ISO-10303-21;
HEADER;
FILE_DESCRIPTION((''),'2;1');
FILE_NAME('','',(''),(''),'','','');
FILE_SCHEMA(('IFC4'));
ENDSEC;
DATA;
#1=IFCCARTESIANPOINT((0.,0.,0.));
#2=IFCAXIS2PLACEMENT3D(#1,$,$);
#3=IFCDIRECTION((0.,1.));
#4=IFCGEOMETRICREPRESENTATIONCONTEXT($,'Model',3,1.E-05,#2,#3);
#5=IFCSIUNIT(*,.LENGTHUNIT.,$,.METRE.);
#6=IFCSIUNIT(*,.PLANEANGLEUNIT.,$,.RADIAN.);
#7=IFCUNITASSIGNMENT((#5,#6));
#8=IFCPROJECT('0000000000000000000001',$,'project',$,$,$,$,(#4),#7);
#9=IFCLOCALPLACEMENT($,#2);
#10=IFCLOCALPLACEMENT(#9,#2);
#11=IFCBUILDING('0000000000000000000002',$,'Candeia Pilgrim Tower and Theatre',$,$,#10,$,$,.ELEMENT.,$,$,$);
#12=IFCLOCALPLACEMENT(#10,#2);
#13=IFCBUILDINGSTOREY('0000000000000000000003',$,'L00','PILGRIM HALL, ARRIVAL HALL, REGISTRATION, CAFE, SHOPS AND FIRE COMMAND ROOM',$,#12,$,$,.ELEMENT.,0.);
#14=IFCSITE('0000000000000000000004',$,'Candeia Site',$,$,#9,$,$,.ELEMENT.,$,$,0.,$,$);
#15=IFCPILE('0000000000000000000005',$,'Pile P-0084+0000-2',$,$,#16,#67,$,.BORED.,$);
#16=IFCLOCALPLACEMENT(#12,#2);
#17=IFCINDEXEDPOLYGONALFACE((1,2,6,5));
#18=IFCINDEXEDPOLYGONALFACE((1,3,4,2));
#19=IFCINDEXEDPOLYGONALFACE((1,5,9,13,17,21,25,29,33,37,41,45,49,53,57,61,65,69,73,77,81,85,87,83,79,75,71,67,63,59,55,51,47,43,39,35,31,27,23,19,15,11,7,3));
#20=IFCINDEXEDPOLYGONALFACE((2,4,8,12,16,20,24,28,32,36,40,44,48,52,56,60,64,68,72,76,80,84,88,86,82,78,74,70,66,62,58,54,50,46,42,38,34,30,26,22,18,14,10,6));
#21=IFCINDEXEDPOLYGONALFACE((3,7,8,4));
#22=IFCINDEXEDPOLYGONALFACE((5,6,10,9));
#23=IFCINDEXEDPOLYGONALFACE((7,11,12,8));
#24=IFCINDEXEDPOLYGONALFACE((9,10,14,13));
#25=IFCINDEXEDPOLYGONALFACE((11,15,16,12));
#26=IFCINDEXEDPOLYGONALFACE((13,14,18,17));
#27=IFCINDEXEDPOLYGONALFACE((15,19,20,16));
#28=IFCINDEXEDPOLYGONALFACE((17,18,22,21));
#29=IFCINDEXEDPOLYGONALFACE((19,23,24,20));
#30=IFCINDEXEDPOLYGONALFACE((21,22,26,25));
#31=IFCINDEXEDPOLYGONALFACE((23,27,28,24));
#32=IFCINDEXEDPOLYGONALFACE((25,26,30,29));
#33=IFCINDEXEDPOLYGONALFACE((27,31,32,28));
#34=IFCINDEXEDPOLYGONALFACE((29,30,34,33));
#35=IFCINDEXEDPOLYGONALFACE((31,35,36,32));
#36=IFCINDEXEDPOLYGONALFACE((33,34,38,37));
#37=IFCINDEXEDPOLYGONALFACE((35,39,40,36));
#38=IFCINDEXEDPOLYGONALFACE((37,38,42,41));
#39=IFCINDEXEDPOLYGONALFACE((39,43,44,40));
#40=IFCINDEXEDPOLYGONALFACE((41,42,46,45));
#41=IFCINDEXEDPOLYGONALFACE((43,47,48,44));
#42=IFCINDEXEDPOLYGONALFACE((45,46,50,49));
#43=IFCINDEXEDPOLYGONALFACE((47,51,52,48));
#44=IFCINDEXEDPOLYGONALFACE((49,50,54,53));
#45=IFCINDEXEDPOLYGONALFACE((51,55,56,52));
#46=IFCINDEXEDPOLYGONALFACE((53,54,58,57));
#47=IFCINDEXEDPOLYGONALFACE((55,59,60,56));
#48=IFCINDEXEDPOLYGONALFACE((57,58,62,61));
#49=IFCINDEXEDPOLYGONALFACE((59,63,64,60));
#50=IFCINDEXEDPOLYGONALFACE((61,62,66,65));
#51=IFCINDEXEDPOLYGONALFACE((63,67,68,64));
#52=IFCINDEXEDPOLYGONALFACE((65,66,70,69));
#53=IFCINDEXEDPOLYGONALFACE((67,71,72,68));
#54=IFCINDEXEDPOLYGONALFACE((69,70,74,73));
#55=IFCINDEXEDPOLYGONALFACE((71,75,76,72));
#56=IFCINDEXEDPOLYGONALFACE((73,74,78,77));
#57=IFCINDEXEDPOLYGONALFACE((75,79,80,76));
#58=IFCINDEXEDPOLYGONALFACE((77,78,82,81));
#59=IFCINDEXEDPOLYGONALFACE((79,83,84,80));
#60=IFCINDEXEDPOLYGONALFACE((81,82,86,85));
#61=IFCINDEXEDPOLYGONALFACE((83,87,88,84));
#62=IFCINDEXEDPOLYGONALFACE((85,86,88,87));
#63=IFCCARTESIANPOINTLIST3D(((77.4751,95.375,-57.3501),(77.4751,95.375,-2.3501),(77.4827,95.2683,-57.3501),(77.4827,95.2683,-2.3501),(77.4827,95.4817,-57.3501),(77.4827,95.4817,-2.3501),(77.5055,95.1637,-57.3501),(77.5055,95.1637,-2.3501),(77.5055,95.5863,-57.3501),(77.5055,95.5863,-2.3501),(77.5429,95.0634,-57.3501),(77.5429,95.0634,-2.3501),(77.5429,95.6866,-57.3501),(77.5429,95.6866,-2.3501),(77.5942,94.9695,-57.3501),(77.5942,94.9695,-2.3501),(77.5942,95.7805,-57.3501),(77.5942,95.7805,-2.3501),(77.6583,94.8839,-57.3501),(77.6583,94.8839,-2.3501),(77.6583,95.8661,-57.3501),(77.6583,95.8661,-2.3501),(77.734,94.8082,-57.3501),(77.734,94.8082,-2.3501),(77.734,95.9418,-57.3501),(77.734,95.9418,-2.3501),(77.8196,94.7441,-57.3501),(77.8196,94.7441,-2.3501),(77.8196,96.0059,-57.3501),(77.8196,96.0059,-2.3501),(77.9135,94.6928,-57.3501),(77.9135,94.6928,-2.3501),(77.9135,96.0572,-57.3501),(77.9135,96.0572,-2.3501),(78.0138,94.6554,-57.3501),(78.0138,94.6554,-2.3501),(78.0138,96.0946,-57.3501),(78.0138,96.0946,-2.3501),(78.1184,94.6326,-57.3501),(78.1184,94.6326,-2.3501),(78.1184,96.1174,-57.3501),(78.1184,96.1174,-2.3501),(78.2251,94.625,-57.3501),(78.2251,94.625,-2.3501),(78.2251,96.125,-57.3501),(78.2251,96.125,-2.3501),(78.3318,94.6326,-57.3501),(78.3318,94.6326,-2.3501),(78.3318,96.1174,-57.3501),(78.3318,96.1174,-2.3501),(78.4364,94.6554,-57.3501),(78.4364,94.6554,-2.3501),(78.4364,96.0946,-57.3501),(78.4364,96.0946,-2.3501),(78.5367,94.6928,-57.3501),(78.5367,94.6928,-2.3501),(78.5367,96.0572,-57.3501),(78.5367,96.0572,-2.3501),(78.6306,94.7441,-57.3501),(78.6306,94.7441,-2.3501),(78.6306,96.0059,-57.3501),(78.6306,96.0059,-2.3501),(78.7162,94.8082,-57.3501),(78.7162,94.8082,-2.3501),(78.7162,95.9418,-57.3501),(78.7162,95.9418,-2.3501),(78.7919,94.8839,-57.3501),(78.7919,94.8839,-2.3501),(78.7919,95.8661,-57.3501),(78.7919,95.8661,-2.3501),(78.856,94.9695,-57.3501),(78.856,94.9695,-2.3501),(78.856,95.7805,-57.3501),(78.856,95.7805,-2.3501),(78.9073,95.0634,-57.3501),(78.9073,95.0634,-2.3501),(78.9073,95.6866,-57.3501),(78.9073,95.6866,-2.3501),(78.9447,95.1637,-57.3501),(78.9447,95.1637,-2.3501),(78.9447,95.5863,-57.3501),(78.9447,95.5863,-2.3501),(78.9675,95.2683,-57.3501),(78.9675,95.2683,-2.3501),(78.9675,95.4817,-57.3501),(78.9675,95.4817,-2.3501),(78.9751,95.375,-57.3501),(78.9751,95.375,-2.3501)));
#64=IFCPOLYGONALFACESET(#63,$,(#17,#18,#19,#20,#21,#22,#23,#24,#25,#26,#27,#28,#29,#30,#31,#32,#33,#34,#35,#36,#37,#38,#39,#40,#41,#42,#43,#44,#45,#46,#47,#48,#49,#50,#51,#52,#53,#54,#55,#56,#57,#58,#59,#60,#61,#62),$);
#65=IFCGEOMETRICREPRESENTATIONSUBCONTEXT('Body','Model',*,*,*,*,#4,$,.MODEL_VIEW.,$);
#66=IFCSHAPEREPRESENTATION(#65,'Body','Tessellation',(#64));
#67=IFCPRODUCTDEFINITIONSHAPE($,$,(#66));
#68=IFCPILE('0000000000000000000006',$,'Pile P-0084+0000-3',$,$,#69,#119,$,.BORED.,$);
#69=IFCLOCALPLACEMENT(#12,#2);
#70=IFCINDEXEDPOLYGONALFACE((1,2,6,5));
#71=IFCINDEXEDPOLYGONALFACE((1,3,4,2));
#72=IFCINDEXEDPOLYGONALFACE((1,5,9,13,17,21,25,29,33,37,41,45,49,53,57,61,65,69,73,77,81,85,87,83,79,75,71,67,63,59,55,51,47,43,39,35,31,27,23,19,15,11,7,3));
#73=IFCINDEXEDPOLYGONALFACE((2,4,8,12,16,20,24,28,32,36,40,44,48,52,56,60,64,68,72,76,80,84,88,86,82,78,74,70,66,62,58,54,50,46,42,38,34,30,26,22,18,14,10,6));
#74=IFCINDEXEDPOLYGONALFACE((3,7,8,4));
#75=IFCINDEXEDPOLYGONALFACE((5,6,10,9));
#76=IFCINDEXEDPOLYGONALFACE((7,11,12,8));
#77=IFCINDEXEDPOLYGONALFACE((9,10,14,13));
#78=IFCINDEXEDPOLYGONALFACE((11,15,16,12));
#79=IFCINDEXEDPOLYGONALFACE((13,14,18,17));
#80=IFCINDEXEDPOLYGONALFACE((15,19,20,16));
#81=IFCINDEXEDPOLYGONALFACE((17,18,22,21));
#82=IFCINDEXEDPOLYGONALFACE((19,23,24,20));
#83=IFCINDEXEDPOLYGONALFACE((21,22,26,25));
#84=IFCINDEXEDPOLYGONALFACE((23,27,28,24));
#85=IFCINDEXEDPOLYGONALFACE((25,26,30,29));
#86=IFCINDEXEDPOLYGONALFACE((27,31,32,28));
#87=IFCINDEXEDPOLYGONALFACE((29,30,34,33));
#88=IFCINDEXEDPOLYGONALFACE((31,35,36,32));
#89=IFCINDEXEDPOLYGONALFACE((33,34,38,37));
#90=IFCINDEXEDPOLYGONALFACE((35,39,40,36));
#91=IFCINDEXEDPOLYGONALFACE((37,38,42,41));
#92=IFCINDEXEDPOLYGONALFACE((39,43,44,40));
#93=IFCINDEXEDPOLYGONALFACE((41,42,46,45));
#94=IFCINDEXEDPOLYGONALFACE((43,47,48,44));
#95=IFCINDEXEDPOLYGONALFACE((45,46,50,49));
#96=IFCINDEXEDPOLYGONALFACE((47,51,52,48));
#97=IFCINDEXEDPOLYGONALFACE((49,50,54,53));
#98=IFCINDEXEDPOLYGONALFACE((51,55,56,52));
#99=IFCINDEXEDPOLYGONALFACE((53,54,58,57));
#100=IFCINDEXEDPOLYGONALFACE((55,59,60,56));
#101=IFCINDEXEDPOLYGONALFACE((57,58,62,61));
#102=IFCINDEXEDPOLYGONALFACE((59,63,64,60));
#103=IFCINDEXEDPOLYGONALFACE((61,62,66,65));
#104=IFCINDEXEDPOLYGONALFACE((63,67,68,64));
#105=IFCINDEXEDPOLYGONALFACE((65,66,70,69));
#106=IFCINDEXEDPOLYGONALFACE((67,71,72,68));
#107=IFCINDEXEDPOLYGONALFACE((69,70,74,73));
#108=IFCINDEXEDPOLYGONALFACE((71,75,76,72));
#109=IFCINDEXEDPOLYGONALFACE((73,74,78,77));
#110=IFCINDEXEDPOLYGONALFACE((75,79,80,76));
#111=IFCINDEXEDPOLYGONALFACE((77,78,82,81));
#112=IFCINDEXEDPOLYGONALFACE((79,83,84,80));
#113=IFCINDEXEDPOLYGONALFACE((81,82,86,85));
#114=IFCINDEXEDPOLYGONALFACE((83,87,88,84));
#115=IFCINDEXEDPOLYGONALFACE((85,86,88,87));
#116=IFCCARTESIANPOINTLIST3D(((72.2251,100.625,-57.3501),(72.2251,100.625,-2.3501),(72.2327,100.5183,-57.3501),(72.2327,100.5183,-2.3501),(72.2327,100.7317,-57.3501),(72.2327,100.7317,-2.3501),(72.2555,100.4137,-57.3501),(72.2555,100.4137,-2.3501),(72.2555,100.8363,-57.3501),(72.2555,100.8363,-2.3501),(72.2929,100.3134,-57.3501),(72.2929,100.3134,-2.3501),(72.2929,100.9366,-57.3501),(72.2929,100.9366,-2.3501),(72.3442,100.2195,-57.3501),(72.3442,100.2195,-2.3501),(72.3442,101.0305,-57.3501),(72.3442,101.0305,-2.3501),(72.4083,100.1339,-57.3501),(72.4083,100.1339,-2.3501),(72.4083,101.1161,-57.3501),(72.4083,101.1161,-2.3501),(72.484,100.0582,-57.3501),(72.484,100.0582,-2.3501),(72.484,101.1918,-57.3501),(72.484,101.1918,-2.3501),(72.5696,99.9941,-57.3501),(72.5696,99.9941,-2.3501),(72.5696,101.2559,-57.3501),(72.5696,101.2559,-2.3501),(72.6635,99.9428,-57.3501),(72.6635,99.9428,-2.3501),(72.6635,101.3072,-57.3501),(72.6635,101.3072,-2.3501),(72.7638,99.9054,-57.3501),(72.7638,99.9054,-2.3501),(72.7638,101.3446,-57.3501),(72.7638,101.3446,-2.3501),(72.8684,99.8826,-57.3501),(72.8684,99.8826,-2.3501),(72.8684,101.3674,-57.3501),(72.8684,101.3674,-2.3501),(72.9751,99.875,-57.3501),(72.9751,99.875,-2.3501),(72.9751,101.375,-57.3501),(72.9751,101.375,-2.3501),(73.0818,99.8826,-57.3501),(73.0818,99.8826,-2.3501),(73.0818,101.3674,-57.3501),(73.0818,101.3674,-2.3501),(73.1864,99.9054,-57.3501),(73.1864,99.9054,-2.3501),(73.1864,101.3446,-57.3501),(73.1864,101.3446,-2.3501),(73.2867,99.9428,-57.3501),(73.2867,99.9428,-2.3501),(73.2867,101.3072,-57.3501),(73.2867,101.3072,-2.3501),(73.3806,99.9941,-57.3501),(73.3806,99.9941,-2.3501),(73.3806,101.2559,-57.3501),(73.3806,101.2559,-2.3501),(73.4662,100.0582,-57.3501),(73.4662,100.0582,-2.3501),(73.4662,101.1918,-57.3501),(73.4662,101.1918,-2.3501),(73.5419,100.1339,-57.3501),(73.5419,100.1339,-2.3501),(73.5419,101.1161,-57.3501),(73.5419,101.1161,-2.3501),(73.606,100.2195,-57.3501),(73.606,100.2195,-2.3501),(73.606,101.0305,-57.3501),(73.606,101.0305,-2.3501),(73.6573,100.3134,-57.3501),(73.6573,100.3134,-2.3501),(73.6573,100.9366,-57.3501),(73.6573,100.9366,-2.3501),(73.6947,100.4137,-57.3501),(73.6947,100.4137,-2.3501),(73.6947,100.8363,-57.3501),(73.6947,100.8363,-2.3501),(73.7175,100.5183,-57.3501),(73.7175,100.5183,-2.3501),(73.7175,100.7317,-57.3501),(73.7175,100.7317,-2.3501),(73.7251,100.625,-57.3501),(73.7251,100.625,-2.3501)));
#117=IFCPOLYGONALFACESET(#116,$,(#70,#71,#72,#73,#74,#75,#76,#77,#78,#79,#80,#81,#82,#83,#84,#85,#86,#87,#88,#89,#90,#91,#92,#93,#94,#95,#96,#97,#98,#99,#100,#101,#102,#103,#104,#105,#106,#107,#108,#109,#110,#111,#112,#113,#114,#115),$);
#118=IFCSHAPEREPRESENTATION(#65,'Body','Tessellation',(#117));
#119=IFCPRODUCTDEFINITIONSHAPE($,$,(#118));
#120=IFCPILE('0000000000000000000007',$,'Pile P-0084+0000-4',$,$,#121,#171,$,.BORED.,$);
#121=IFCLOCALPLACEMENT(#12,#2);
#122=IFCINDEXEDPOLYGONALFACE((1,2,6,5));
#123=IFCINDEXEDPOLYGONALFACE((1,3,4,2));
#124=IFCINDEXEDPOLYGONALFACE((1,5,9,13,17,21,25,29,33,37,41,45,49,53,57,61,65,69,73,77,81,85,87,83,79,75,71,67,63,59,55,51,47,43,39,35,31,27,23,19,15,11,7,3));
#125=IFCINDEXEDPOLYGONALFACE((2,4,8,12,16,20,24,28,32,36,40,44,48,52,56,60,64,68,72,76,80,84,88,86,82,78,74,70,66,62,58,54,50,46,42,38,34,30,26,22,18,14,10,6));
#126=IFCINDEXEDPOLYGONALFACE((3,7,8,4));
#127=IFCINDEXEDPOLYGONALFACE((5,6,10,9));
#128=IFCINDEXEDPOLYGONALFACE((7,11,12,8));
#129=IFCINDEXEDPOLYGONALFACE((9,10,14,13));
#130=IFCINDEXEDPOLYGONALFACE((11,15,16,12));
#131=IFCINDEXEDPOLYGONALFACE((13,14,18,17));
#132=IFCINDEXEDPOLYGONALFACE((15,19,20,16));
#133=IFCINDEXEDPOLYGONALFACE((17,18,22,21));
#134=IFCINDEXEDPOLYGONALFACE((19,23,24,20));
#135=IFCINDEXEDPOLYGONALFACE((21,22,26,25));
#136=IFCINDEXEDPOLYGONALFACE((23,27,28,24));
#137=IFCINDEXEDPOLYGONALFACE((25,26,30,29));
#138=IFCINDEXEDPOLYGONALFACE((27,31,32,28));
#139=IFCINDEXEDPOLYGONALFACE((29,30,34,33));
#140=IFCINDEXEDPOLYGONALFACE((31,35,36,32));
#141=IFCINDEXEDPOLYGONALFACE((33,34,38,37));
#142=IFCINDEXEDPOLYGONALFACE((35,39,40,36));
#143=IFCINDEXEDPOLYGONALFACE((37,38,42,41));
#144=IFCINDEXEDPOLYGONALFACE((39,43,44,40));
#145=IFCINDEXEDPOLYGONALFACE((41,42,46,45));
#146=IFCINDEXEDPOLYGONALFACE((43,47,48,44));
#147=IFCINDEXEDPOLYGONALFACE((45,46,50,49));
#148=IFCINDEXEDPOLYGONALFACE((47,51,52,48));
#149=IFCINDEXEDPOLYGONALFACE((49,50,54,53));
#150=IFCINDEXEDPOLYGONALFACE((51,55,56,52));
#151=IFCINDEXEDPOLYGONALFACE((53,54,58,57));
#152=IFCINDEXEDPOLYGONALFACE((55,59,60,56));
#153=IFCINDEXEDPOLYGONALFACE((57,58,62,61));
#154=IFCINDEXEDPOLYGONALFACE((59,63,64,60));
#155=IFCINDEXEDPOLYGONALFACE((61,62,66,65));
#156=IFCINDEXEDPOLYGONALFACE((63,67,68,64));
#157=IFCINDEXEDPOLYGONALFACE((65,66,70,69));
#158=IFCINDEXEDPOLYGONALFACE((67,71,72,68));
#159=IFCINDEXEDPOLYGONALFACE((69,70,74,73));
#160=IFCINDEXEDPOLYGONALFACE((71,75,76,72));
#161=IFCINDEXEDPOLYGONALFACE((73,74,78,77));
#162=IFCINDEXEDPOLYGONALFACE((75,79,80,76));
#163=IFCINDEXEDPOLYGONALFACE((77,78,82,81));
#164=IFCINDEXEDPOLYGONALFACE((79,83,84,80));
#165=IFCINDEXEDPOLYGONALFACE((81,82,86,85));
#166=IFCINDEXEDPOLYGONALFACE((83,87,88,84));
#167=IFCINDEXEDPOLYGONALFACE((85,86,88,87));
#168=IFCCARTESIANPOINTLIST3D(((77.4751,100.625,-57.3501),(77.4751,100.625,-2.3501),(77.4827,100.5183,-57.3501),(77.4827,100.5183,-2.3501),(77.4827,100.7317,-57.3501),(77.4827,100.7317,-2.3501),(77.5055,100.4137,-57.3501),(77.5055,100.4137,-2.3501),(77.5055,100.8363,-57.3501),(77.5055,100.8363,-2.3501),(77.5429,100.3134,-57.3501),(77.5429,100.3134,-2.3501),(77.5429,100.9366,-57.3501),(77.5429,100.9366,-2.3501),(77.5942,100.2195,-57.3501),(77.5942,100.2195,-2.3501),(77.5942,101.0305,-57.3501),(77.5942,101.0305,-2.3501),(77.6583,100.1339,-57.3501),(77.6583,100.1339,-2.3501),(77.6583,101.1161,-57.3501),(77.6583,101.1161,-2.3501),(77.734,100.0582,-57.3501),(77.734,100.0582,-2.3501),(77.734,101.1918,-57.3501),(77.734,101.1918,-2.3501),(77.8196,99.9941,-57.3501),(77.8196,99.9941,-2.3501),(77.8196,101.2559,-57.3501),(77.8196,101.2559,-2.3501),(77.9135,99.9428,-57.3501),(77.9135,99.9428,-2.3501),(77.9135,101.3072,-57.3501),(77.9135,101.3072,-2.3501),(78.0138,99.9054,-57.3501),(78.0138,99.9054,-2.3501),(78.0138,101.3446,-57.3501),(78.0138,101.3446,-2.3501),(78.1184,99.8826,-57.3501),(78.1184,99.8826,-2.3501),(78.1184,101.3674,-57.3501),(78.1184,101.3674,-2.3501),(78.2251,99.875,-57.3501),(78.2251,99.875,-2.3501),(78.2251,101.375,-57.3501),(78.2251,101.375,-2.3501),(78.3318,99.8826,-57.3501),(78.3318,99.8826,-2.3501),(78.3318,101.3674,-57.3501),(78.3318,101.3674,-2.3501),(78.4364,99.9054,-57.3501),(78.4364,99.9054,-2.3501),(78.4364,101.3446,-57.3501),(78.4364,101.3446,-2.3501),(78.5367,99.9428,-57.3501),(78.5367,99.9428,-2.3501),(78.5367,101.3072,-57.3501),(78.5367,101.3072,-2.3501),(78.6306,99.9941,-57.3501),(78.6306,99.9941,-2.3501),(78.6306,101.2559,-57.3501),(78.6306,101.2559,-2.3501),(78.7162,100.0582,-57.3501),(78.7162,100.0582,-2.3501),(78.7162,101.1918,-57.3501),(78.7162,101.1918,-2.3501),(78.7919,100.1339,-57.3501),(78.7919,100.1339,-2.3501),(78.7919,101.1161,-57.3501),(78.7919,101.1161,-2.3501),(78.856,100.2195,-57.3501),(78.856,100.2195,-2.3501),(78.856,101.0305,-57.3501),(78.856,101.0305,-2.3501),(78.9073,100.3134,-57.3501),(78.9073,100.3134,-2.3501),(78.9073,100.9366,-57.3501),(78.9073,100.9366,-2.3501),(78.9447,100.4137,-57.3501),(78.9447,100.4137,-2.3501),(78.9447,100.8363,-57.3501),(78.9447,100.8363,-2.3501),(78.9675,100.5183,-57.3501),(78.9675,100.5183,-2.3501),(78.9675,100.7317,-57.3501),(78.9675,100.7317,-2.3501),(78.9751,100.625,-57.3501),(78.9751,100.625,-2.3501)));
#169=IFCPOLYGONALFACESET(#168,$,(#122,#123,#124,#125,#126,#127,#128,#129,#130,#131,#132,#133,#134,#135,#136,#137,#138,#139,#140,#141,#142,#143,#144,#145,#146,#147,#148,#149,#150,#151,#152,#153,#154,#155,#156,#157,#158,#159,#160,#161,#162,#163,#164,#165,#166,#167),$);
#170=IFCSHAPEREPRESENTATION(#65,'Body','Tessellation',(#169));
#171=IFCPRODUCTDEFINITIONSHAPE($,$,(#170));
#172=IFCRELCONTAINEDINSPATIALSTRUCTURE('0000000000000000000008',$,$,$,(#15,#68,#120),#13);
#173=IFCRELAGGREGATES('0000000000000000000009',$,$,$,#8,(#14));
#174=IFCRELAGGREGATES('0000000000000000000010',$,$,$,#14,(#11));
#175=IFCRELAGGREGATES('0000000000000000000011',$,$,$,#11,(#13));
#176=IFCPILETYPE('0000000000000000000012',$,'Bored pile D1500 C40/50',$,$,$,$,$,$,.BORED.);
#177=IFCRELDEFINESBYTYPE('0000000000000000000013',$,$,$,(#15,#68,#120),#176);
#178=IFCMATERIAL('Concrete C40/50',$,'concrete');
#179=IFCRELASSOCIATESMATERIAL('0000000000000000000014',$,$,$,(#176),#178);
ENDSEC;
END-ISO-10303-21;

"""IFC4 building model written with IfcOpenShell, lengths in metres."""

from ifc_helpers import new_model, si_unit, direction, frame, origin, origin_2d, place, context, subcontext, project, spatial, circle, extrude, material, material_profile, profile_set, type_object, element, save


model = new_model("IFC4")

# Units and contexts
model_context = context("Model", 3, precision=1e-05, world=origin(), true_north=direction((0.0, 1.0)))
body_context = subcontext(model_context, "Body", "Model", "MODEL_VIEW")
ifc_project = project(units=[si_unit("LENGTHUNIT", "METRE"), si_unit("PLANEANGLEUNIT", "RADIAN")], contexts=[model_context])

# Site, building, storey
site_placement = place(None, origin())
site = spatial("IfcSite", under=ifc_project, at=site_placement, Name="Candeia Site", CompositionType="ELEMENT", RefElevation=0.0)
building_placement = place(site_placement, origin())
building = spatial("IfcBuilding", under=site, at=building_placement, Name="Candeia Pilgrim Tower and Theatre", CompositionType="ELEMENT")
storey_placement = place(building_placement, origin())
storey = spatial("IfcBuildingStorey", under=building, at=storey_placement, Name="L00", Description="PILGRIM HALL, ARRIVAL HALL, REGISTRATION, CAFE, SHOPS AND FIRE COMMAND ROOM", CompositionType="ELEMENT", Elevation=0.0)

# Piles
ifc_material_1 = material(Name="Concrete C40/50", Category="concrete")
ifc_material_profile_1 = material_profile(ifc_material_1, circle(Radius=0.75, at=origin_2d()))
ifc_profile_set_1 = profile_set([ifc_material_profile_1], Name="Concrete C40/50")
pile_type = type_object("IfcPileType", Name="Bored pile D1500 C40/50", PredefinedType="BORED", material=ifc_profile_set_1)
for number, where, z_axis, x_axis, name in (
    (1, (78.2251, 95.375, -2.3501), (0.0, 0.0, -1.0), (1.0, 0.0, 0.0), "Pile P-0084+0000-2"),
    (2, (72.9751, 100.625, -2.3501), (0.0, 0.0, -1.0), (1.0, 0.0, 0.0), "Pile P-0084+0000-3"),
    (3, (78.2251, 100.625, -2.3501), (0.0, 0.0, -1.0), (1.0, 0.0, 0.0), "Pile P-0084+0000-4"),
):
    element("IfcPile", number, at=place(storey_placement, frame(where, z_axis=z_axis, x_axis=x_axis)), inside=storey, type_object=pile_type, Name=name, PredefinedType="BORED", context=body_context, shape_type="SweptSolid", body=[
        extrude(circle(Radius=0.75, at=origin_2d()), origin(), (0.0, 0.0, 1.0), 55.0),
    ])

save(model, "model.ifc")
